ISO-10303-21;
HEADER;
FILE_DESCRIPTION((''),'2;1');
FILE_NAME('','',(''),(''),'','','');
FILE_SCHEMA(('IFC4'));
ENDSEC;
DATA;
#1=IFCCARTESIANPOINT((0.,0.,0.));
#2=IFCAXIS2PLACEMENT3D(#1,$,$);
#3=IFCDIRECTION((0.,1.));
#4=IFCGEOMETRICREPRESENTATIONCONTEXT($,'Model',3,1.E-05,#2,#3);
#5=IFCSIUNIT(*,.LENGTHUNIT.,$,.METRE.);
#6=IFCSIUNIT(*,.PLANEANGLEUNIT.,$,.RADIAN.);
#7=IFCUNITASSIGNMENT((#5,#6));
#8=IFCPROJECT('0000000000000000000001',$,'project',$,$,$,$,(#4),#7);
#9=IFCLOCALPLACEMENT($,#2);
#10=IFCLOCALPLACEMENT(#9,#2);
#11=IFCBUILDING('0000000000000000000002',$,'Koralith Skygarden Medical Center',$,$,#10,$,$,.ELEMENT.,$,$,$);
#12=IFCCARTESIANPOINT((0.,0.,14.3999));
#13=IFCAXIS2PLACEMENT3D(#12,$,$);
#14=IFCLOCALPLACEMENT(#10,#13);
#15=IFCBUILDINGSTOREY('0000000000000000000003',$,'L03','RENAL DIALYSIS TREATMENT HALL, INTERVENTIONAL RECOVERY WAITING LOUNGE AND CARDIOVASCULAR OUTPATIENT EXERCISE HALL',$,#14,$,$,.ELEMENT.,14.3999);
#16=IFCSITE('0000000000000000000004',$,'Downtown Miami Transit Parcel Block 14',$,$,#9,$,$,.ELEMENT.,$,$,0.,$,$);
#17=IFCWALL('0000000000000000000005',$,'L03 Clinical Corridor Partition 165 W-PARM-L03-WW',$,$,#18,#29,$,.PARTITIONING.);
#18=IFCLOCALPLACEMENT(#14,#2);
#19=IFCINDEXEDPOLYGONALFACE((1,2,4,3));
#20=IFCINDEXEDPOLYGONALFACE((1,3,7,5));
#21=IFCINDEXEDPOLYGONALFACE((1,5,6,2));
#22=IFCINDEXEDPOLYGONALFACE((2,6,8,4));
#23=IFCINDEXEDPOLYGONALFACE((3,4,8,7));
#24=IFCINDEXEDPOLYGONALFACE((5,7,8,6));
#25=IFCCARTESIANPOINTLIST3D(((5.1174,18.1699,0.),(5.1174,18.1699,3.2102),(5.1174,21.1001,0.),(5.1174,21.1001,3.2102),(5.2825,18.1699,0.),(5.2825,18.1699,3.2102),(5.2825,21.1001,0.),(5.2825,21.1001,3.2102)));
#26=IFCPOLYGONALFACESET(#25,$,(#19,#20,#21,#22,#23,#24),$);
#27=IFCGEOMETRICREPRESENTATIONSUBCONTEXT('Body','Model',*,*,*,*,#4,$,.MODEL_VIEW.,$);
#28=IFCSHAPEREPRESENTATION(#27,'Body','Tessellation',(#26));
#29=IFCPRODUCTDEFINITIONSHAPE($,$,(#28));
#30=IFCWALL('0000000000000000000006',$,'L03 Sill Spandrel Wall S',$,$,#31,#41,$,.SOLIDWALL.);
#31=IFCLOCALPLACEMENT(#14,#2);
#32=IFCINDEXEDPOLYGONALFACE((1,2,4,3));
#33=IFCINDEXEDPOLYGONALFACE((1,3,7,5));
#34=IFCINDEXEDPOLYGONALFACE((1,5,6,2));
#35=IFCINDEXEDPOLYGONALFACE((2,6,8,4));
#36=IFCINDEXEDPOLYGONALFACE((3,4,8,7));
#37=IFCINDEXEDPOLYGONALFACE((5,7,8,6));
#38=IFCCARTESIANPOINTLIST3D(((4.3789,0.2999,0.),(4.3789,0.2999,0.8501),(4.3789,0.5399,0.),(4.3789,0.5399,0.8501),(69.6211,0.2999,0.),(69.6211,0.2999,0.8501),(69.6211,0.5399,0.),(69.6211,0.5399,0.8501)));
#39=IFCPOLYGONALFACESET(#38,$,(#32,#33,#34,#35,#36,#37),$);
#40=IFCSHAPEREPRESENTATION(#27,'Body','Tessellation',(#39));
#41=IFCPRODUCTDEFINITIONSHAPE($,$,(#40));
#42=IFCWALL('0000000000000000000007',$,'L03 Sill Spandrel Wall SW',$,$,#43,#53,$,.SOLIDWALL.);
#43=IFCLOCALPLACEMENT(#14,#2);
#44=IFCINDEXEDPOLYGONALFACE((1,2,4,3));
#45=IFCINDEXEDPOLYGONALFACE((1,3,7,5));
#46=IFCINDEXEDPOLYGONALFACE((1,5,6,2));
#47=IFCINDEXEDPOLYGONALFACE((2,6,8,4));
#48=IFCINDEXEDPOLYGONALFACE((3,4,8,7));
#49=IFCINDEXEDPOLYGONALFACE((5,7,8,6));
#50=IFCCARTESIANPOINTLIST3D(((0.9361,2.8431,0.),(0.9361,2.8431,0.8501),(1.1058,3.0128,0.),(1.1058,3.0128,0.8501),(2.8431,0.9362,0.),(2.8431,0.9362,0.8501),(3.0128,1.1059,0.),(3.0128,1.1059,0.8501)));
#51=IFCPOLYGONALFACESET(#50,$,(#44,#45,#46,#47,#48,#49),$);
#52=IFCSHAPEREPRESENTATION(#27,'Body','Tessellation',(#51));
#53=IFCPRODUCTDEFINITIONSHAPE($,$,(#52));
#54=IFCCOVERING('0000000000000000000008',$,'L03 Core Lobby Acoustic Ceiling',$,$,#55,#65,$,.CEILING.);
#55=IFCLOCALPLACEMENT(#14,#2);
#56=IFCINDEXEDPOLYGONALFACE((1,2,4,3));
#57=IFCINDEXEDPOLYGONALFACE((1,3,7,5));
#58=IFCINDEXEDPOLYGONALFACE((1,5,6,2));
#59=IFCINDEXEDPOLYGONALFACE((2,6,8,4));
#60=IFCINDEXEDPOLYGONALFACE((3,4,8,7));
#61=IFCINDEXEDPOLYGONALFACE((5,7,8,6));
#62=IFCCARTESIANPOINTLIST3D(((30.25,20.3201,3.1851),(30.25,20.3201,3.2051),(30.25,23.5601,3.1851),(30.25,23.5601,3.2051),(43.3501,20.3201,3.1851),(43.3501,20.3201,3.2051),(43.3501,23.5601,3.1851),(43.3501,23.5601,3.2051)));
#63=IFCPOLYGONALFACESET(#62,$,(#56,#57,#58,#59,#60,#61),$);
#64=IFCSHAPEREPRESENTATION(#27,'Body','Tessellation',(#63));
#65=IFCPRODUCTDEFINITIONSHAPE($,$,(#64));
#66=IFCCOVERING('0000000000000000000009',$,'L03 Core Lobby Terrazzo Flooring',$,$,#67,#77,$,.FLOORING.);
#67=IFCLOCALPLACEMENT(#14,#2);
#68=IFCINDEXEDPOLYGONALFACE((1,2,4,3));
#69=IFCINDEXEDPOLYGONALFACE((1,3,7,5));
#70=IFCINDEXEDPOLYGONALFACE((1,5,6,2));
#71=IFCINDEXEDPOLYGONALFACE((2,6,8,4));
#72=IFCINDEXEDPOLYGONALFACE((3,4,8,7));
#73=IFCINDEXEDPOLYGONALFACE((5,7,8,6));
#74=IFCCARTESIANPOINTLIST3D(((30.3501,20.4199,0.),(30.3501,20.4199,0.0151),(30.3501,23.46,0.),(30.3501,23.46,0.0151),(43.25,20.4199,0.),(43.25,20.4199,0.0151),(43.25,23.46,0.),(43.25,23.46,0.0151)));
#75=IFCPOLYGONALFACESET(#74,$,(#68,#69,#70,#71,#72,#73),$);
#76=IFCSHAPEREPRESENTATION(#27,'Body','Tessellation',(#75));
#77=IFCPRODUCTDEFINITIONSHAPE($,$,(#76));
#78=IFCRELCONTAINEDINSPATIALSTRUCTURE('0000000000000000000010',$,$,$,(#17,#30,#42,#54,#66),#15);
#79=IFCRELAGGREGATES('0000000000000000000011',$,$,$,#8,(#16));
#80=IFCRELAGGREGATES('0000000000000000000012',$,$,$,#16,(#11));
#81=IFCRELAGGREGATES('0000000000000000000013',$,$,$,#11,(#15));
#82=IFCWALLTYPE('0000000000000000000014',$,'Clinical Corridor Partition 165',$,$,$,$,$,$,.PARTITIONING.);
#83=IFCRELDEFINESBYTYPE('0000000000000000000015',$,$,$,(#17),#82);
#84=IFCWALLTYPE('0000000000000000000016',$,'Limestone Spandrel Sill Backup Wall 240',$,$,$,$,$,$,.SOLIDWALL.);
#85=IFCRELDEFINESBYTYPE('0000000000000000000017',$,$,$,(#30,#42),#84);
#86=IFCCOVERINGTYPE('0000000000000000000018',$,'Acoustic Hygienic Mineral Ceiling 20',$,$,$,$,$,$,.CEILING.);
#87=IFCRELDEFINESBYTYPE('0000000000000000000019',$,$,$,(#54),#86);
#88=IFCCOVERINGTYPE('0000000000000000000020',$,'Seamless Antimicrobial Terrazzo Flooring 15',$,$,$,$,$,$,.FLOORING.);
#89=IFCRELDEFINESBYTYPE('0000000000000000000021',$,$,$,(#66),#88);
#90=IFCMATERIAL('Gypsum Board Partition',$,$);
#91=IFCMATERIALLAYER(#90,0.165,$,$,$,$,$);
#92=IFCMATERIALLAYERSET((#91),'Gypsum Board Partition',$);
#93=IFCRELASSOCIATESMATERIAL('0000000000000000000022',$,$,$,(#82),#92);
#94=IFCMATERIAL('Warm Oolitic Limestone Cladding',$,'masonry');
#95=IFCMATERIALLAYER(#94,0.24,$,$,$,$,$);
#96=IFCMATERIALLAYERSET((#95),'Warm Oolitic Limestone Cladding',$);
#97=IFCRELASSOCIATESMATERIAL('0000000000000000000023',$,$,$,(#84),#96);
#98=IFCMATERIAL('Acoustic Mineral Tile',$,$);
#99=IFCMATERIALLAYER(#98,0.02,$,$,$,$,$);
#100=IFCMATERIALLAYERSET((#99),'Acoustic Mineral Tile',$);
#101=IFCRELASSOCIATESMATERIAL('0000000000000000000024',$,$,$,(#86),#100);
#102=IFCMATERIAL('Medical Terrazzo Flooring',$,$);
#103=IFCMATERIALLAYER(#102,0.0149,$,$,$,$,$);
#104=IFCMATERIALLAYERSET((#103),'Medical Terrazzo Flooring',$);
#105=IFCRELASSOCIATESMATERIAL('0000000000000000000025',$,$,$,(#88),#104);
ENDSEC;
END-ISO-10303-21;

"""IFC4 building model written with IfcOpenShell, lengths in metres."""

from ifc_helpers import new_model, si_unit, direction, frame, frame_2d, origin, place, context, subcontext, project, spatial, polyline, rectangle, outline, extrude, material, layer, layer_set, type_object, element, save


model = new_model("IFC4")

# Units and contexts
model_context = context("Model", 3, precision=1e-05, world=origin(), true_north=direction((0.0, 1.0)))
body_context = subcontext(model_context, "Body", "Model", "MODEL_VIEW")
ifc_project = project(units=[si_unit("LENGTHUNIT", "METRE"), si_unit("PLANEANGLEUNIT", "RADIAN")], contexts=[model_context])

# Site, building, storey
site_placement = place(None, origin())
site = spatial("IfcSite", under=ifc_project, at=site_placement, Name="Downtown Miami Transit Parcel Block 14", CompositionType="ELEMENT", RefElevation=0.0)
building_placement = place(site_placement, origin())
building = spatial("IfcBuilding", under=site, at=building_placement, Name="Koralith Skygarden Medical Center", CompositionType="ELEMENT")
storey_placement = place(building_placement, frame((0.0, 0.0, 14.3999)))
storey = spatial("IfcBuildingStorey", under=building, at=storey_placement, Name="L03", Description="RENAL DIALYSIS TREATMENT HALL, INTERVENTIONAL RECOVERY WAITING LOUNGE AND CARDIOVASCULAR OUTPATIENT EXERCISE HALL", CompositionType="ELEMENT", Elevation=14.3999)

# Shared definitions
ifc_material_1 = material(Name="Warm Oolitic Limestone Cladding", Category="masonry")

# Walls
ifc_material_2 = material(Name="Gypsum Board Partition")
ifc_layer_1 = layer(ifc_material_2, 0.165)
ifc_layer_set_1 = layer_set([ifc_layer_1], Name="Gypsum Board Partition")
wall_type_1 = type_object("IfcWallType", Name="Clinical Corridor Partition 165", PredefinedType="PARTITIONING", material=ifc_layer_set_1)
wall_1_placement = place(storey_placement, frame((5.2, 18.1699, 0.0), z_axis=(0.0, 0.0, 1.0), x_axis=(0.0, 1.0, 0.0)))
element("IfcWall", 1, at=wall_1_placement, inside=storey, type_object=wall_type_1, Name="L03 Clinical Corridor Partition 165 W-PARM-L03-WW", PredefinedType="PARTITIONING", context=body_context, shape_type="SweptSolid", body=[
    extrude(rectangle(XDim=2.9302, YDim=0.165, at=frame_2d((1.4651, 0.0))), origin(), (0.0, 0.0, 1.0), 3.2102),
])
ifc_layer_2 = layer(ifc_material_1, 0.24)
ifc_layer_set_2 = layer_set([ifc_layer_2], Name="Warm Oolitic Limestone Cladding")
wall_type_2 = type_object("IfcWallType", Name="Limestone Spandrel Sill Backup Wall 240", PredefinedType="SOLIDWALL", material=ifc_layer_set_2)
wall_2_placement = place(storey_placement, frame((4.3789, 0.4199, 0.0), z_axis=(0.0, 0.0, 1.0), x_axis=(1.0, 0.0, 0.0)))
element("IfcWall", 2, at=wall_2_placement, inside=storey, type_object=wall_type_2, Name="L03 Sill Spandrel Wall S", PredefinedType="SOLIDWALL", context=body_context, shape_type="SweptSolid", body=[
    extrude(rectangle(XDim=65.2422, YDim=0.24, at=frame_2d((32.6211, 0.0))), origin(), (0.0, 0.0, 1.0), 0.8501),
])
wall_3_placement = place(storey_placement, frame((1.021, 2.928, 0.0), z_axis=(0.0, 0.0, 1.0), x_axis=(0.707107, -0.707107, 0.0)))
element("IfcWall", 3, at=wall_3_placement, inside=storey, type_object=wall_type_2, Name="L03 Sill Spandrel Wall SW", PredefinedType="SOLIDWALL", context=body_context, shape_type="SweptSolid", body=[
    extrude(rectangle(XDim=2.6968, YDim=0.24, at=frame_2d((1.3484, 0.0))), origin(), (0.0, 0.0, 1.0), 0.8501),
])

# Coverings
ifc_material_3 = material(Name="Acoustic Mineral Tile")
ifc_layer_3 = layer(ifc_material_3, 0.02)
ifc_layer_set_3 = layer_set([ifc_layer_3], Name="Acoustic Mineral Tile")
covering_type_1 = type_object("IfcCoveringType", Name="Acoustic Hygienic Mineral Ceiling 20", PredefinedType="CEILING", material=ifc_layer_set_3)
covering_1_placement = place(storey_placement, frame((0.0, 0.0, 3.1851)))
element("IfcCovering", 4, at=covering_1_placement, inside=storey, type_object=covering_type_1, Name="L03 Core Lobby Acoustic Ceiling", PredefinedType="CEILING", context=body_context, shape_type="SweptSolid", body=[
    extrude(outline(polyline([(30.25, 20.3201), (43.3501, 20.3201), (43.3501, 23.5601), (30.25, 23.5601), (30.25, 20.3201)])), origin(), (0.0, 0.0, 1.0), 0.02),
])
ifc_material_4 = material(Name="Medical Terrazzo Flooring")
ifc_layer_4 = layer(ifc_material_4, 0.0149)
ifc_layer_set_4 = layer_set([ifc_layer_4], Name="Medical Terrazzo Flooring")
covering_type_2 = type_object("IfcCoveringType", Name="Seamless Antimicrobial Terrazzo Flooring 15", PredefinedType="FLOORING", material=ifc_layer_set_4)
covering_2_placement = place(storey_placement, origin())
element("IfcCovering", 5, at=covering_2_placement, inside=storey, type_object=covering_type_2, Name="L03 Core Lobby Terrazzo Flooring", PredefinedType="FLOORING", context=body_context, shape_type="SweptSolid", body=[
    extrude(outline(polyline([(30.3501, 20.4199), (43.25, 20.4199), (43.25, 23.46), (30.3501, 23.46), (30.3501, 20.4199)])), origin(), (0.0, 0.0, 1.0), 0.0151),
])

save(model, "model.ifc")
